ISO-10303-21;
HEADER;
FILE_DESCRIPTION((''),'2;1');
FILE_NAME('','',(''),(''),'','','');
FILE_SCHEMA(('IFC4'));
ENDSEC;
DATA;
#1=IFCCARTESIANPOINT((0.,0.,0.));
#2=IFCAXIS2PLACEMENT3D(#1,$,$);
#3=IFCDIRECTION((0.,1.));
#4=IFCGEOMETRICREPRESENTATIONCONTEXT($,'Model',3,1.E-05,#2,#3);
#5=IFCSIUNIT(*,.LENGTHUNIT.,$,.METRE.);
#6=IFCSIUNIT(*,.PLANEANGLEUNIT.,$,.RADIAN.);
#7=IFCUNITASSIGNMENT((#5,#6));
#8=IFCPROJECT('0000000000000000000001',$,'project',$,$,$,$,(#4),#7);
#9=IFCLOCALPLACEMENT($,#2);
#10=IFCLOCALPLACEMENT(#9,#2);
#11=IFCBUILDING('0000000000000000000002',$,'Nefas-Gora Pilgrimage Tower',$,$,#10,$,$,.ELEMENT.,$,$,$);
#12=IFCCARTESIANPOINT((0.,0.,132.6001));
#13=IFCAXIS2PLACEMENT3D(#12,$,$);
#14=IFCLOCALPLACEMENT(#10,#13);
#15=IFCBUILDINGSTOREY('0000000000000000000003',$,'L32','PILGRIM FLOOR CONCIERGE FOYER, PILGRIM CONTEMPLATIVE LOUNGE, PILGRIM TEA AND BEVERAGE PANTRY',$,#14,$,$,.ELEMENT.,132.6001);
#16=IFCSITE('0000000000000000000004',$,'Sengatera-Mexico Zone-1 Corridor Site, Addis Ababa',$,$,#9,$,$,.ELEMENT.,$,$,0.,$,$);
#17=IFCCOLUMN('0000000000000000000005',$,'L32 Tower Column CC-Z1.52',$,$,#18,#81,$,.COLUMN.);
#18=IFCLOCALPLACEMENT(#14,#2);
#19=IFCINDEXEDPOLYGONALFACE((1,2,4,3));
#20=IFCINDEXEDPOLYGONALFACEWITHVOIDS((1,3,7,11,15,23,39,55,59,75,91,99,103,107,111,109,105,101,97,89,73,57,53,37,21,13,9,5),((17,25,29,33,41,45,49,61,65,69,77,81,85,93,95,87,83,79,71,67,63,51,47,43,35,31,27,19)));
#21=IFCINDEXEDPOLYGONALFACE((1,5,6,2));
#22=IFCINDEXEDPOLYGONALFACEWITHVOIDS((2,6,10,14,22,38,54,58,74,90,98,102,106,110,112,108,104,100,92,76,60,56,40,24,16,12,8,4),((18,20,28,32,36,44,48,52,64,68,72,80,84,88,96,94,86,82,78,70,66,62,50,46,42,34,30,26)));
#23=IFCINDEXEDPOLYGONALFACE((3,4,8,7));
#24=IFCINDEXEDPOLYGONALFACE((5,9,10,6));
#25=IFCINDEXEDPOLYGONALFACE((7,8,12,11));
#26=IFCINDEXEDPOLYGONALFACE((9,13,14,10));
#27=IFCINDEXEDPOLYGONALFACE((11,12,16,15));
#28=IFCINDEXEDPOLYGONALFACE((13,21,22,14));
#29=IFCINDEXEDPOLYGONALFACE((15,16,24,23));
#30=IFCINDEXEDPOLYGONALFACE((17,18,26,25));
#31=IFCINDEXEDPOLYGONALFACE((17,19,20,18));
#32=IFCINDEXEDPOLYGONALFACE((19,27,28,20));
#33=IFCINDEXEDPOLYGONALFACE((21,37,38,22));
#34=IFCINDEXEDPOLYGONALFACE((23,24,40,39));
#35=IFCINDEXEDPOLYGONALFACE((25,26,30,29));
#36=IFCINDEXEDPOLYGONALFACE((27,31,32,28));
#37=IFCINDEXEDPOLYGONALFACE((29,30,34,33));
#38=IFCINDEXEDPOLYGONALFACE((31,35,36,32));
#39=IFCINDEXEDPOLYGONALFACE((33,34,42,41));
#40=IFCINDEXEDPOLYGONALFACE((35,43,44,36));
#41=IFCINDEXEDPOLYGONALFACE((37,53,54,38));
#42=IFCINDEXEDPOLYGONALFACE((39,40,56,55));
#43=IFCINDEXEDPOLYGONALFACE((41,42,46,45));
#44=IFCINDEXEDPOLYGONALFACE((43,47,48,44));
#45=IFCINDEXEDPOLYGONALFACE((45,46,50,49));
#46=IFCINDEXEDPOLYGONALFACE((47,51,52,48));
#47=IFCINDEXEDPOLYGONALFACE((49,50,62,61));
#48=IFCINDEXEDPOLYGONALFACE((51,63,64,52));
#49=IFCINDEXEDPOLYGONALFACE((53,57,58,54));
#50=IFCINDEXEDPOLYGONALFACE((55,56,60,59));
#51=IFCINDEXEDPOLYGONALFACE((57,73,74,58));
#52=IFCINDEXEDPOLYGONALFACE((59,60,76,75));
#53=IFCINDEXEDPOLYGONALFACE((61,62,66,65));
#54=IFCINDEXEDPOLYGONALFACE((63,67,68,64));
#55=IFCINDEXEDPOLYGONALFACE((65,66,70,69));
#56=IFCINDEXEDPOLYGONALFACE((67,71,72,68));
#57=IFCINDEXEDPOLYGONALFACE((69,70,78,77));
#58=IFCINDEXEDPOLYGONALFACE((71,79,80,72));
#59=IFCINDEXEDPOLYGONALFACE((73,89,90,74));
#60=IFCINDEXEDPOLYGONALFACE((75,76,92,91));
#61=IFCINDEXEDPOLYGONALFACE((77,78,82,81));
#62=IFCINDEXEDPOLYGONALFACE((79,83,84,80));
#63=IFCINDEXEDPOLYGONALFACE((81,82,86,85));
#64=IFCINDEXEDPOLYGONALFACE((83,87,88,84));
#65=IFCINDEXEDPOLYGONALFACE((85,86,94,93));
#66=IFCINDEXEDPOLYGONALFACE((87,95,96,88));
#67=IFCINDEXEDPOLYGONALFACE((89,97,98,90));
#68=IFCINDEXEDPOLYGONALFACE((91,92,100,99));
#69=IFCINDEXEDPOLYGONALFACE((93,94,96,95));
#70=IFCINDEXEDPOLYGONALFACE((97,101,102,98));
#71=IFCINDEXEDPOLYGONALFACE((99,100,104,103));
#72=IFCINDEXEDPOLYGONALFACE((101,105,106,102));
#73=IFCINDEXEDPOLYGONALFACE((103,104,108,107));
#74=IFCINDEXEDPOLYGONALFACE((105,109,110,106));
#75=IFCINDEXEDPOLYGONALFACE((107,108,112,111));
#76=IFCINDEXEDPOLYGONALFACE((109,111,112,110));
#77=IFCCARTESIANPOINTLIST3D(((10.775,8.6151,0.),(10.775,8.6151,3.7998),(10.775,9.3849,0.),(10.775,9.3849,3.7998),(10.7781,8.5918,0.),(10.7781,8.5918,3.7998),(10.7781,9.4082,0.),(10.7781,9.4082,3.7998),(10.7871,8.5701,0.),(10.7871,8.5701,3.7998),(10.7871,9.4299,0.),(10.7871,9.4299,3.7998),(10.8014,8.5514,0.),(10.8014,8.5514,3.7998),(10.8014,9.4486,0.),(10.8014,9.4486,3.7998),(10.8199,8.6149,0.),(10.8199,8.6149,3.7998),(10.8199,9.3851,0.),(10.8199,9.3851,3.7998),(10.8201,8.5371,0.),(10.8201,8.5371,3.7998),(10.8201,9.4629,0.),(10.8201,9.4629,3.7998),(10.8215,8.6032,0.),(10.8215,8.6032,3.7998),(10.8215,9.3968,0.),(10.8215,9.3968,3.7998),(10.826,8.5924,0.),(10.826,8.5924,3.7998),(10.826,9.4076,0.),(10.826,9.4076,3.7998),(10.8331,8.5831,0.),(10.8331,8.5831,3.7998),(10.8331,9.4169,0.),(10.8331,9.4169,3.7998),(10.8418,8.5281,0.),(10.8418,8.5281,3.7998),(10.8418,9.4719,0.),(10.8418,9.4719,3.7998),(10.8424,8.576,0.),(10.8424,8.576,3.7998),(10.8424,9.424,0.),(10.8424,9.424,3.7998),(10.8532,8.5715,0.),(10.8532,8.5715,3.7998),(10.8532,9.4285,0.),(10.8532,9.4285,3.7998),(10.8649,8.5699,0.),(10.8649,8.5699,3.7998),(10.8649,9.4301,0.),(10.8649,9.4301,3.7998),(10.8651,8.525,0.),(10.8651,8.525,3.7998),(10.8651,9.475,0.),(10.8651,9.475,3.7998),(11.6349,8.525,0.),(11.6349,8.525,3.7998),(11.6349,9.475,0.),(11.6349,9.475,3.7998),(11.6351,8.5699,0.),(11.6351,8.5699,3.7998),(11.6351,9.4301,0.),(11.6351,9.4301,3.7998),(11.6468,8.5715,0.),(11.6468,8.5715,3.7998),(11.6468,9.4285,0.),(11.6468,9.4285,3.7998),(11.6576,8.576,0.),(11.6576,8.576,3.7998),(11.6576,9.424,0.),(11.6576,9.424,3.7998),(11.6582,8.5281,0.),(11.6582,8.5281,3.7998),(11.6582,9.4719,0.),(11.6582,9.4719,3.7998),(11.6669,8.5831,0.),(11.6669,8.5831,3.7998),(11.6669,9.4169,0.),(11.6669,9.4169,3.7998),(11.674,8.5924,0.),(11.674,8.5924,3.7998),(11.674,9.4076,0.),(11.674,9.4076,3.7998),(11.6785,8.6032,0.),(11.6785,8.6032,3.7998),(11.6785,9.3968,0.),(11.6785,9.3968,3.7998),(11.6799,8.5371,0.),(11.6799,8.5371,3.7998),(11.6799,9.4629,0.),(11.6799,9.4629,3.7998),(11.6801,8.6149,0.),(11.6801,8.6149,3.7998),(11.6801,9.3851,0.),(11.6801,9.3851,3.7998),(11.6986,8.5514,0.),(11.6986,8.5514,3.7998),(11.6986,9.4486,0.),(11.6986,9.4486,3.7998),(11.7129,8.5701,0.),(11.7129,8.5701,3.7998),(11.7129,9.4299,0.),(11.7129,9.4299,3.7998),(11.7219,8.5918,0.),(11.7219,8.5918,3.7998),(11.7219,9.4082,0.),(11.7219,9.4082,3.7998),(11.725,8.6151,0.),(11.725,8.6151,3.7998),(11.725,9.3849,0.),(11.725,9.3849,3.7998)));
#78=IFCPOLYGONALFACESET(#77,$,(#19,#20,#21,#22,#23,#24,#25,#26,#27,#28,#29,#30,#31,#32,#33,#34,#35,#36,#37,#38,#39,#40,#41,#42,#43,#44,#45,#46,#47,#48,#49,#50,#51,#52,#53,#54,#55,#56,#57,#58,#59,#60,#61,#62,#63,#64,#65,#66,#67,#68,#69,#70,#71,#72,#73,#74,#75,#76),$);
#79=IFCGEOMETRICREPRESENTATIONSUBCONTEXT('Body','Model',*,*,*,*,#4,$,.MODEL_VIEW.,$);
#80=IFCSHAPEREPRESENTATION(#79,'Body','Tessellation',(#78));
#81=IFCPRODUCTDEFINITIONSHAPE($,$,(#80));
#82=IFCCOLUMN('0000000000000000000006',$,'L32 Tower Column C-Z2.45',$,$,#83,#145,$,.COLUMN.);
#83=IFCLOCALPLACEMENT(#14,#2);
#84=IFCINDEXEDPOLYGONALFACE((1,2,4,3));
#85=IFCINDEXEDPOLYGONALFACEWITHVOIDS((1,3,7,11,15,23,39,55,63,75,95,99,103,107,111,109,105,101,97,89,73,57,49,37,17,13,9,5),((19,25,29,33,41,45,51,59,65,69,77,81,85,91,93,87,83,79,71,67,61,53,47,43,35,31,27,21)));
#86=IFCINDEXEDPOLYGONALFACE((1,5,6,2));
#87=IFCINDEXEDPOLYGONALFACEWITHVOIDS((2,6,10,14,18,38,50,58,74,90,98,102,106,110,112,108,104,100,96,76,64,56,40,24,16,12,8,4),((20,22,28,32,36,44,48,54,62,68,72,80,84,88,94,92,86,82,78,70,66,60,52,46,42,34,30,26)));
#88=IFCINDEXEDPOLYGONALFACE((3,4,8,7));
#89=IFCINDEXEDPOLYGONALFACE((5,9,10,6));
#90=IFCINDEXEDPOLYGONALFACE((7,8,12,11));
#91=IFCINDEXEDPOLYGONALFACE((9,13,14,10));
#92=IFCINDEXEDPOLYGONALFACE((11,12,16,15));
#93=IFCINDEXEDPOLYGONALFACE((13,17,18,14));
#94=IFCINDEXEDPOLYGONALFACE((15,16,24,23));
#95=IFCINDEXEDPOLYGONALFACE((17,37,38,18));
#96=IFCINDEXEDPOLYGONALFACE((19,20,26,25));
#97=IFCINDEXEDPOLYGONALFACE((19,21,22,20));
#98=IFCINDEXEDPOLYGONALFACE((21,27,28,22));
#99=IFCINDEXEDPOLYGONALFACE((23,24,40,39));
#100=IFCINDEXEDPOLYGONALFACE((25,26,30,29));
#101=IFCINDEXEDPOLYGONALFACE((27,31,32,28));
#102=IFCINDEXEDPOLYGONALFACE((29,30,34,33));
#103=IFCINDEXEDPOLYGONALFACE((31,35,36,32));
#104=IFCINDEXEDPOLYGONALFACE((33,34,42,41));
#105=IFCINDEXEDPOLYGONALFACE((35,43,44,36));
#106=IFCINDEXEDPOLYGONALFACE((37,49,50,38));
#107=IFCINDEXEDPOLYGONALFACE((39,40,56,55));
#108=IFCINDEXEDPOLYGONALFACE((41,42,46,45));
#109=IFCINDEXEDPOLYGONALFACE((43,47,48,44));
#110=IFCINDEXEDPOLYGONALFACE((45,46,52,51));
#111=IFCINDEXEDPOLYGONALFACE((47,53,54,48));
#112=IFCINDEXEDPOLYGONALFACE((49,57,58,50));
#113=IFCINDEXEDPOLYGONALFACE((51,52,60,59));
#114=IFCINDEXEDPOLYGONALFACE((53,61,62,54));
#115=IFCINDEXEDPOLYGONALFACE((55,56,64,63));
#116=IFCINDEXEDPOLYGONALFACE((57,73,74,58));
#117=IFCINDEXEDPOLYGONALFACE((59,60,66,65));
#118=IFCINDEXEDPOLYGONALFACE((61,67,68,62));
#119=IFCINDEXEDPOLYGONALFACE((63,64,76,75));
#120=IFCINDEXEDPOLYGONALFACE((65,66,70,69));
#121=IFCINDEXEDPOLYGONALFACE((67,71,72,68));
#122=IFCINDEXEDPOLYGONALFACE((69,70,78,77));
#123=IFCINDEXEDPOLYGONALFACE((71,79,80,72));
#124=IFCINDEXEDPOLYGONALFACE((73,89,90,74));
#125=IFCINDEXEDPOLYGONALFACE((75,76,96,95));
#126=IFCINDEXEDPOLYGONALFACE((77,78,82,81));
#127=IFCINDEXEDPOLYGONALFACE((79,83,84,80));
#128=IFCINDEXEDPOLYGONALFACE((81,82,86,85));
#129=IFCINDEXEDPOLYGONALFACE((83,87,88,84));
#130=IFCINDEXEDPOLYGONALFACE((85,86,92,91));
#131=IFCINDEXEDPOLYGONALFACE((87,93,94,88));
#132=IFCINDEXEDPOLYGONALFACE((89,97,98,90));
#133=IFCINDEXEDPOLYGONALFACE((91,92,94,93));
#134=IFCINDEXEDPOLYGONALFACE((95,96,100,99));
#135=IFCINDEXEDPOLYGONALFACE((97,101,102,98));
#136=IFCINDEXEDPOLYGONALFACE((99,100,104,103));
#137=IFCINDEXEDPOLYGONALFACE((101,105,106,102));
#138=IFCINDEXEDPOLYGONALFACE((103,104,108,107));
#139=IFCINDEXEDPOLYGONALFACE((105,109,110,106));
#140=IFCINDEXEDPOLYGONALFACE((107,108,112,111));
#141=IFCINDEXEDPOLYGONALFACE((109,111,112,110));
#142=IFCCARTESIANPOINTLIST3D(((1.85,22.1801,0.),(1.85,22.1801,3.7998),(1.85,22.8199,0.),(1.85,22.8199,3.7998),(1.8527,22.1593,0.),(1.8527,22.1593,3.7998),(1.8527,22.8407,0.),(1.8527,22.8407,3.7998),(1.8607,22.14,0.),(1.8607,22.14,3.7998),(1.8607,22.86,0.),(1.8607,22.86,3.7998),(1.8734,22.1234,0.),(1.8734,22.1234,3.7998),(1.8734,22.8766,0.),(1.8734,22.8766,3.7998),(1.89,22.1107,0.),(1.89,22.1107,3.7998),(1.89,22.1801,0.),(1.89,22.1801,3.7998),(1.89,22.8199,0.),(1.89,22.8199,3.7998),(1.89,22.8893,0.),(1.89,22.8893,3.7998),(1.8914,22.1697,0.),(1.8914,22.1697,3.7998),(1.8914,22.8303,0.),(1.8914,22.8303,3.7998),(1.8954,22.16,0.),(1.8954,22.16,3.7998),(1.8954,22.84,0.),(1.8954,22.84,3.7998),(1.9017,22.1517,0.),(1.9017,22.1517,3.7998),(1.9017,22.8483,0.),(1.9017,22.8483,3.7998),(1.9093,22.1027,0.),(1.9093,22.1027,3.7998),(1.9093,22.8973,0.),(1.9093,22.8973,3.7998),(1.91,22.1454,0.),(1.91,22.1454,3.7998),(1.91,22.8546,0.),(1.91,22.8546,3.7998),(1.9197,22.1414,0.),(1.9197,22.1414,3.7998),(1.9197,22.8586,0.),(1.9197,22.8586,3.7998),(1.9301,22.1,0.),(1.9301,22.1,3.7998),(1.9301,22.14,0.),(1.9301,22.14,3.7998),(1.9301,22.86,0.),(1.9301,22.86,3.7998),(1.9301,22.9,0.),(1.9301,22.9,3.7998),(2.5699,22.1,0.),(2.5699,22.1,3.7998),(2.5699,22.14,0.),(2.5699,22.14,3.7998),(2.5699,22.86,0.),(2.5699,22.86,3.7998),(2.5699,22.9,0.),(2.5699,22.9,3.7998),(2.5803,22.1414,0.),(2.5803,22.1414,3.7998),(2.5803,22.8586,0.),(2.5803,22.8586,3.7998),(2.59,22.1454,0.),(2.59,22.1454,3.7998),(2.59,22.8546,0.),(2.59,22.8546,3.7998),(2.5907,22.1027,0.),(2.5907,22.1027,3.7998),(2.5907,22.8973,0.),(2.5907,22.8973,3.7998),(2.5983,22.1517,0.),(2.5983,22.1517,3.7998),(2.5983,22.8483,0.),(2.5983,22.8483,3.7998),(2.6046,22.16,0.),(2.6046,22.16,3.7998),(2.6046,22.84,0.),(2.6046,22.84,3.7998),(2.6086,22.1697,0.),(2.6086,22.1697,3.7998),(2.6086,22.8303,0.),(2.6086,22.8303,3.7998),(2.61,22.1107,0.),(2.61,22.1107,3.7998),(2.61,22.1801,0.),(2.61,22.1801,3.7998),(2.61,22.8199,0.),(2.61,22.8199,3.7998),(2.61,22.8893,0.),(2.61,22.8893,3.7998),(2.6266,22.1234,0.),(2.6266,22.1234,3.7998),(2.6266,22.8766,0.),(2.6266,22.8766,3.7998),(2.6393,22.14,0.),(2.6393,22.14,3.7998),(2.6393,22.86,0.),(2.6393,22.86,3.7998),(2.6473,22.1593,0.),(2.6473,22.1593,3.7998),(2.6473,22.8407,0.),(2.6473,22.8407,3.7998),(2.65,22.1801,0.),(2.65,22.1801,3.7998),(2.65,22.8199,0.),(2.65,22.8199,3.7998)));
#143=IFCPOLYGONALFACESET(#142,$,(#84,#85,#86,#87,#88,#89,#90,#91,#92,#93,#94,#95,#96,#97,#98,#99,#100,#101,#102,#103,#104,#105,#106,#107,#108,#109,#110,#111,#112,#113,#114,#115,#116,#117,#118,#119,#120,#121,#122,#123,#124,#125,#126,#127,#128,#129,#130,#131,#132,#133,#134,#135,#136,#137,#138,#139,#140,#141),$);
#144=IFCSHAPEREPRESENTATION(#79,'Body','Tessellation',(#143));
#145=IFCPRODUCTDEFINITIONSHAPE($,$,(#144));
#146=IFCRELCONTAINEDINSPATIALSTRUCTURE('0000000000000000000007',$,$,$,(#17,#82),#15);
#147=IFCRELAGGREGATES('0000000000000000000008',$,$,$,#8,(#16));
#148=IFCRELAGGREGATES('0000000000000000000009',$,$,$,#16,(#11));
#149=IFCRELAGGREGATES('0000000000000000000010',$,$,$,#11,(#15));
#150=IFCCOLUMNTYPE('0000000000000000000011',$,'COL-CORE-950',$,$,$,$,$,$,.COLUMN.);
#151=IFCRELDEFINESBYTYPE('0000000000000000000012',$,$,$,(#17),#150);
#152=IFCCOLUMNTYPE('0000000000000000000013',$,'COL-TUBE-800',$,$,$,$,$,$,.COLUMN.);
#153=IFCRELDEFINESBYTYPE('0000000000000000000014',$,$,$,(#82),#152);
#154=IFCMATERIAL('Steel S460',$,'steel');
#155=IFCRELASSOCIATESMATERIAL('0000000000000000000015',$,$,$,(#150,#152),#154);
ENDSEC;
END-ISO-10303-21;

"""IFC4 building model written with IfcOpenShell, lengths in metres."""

from ifc_helpers import new_model, si_unit, direction, frame, origin, origin_2d, place, context, subcontext, project, spatial, hollow_rectangle, extrude, source, transform, mapped, material, material_profile, profile_set, type_object, element, save


model = new_model("IFC4")

# Units and contexts
model_context = context("Model", 3, precision=1e-05, world=origin(), true_north=direction((0.0, 1.0)))
body_context = subcontext(model_context, "Body", "Model", "MODEL_VIEW")
ifc_project = project(units=[si_unit("LENGTHUNIT", "METRE"), si_unit("PLANEANGLEUNIT", "RADIAN")], contexts=[model_context])

# Site, building, storey
site_placement = place(None, origin())
site = spatial("IfcSite", under=ifc_project, at=site_placement, Name="Sengatera-Mexico Zone-1 Corridor Site, Addis Ababa", CompositionType="ELEMENT", RefElevation=0.0)
building_placement = place(site_placement, origin())
building = spatial("IfcBuilding", under=site, at=building_placement, Name="Nefas-Gora Pilgrimage Tower", CompositionType="ELEMENT")
storey_placement = place(building_placement, frame((0.0, 0.0, 132.6001)))
storey = spatial("IfcBuildingStorey", under=building, at=storey_placement, Name="L32", Description="PILGRIM FLOOR CONCIERGE FOYER, PILGRIM CONTEMPLATIVE LOUNGE, PILGRIM TEA AND BEVERAGE PANTRY", CompositionType="ELEMENT", Elevation=132.6001)

# Columns
ifc_material_1 = material(Name="Steel S460", Category="steel")
ifc_material_profile_1 = material_profile(ifc_material_1, hollow_rectangle(XDim=0.95, YDim=0.95, WallThickness=0.0449, InnerFilletRadius=0.0449, OuterFilletRadius=0.0901, at=origin_2d()), Name="BOX 950x950x45")
ifc_profile_set_1 = profile_set([ifc_material_profile_1], Name="Steel S460")
column_type_1 = type_object("IfcColumnType", Name="COL-CORE-950", PredefinedType="COLUMN", material=ifc_profile_set_1)
shared_shape_1 = source(origin(), body_context, "Body", "SweptSolid", [
    extrude(hollow_rectangle(XDim=0.95, YDim=0.95, WallThickness=0.0449, InnerFilletRadius=0.0449, OuterFilletRadius=0.0901, at=origin_2d()), origin(), (0.0, 0.0, 1.0), 3.7998),
])
column_placement = place(storey_placement, frame((11.25, 9.0, 0.0), z_axis=(0.0, 0.0, 1.0), x_axis=(1.0, 0.0, 0.0)))
element("IfcColumn", 1, at=column_placement, inside=storey, type_object=column_type_1, Name="L32 Tower Column CC-Z1.52", PredefinedType="COLUMN", context=body_context, shape_type="MappedRepresentation", body=[
    mapped(shared_shape_1, transform((0.0, 0.0, 0.0), x_axis=(1.0, 0.0, 0.0), y_axis=(0.0, 1.0, 0.0), z_axis=(0.0, 0.0, 1.0), scale=1.0)),
])
ifc_material_profile_2 = material_profile(ifc_material_1, hollow_rectangle(XDim=0.8, YDim=0.8, WallThickness=0.04, InnerFilletRadius=0.04, OuterFilletRadius=0.0801, at=origin_2d()), Name="BOX 800x800x40")
ifc_profile_set_2 = profile_set([ifc_material_profile_2], Name="Steel S460")
column_type_2 = type_object("IfcColumnType", Name="COL-TUBE-800", PredefinedType="COLUMN", material=ifc_profile_set_2)
shared_shape_2 = source(origin(), body_context, "Body", "SweptSolid", [
    extrude(hollow_rectangle(XDim=0.8, YDim=0.8, WallThickness=0.04, InnerFilletRadius=0.04, OuterFilletRadius=0.0801, at=origin_2d()), origin(), (0.0, 0.0, 1.0), 3.7998),
])
for number, where, z_axis, x_axis, name in (
    (2, (2.25, 22.5, 0.0), (0.0, 0.0, 1.0), (1.0, 0.0, 0.0), "L32 Tower Column C-Z2.45"),
):
    element("IfcColumn", number, at=place(storey_placement, frame(where, z_axis=z_axis, x_axis=x_axis)), inside=storey, type_object=column_type_2, Name=name, PredefinedType="COLUMN", context=body_context, shape_type="MappedRepresentation", body=[
        mapped(shared_shape_2, transform((0.0, 0.0, 0.0), x_axis=(1.0, 0.0, 0.0), y_axis=(0.0, 1.0, 0.0), z_axis=(0.0, 0.0, 1.0), scale=1.0)),
    ])

save(model, "model.ifc")
